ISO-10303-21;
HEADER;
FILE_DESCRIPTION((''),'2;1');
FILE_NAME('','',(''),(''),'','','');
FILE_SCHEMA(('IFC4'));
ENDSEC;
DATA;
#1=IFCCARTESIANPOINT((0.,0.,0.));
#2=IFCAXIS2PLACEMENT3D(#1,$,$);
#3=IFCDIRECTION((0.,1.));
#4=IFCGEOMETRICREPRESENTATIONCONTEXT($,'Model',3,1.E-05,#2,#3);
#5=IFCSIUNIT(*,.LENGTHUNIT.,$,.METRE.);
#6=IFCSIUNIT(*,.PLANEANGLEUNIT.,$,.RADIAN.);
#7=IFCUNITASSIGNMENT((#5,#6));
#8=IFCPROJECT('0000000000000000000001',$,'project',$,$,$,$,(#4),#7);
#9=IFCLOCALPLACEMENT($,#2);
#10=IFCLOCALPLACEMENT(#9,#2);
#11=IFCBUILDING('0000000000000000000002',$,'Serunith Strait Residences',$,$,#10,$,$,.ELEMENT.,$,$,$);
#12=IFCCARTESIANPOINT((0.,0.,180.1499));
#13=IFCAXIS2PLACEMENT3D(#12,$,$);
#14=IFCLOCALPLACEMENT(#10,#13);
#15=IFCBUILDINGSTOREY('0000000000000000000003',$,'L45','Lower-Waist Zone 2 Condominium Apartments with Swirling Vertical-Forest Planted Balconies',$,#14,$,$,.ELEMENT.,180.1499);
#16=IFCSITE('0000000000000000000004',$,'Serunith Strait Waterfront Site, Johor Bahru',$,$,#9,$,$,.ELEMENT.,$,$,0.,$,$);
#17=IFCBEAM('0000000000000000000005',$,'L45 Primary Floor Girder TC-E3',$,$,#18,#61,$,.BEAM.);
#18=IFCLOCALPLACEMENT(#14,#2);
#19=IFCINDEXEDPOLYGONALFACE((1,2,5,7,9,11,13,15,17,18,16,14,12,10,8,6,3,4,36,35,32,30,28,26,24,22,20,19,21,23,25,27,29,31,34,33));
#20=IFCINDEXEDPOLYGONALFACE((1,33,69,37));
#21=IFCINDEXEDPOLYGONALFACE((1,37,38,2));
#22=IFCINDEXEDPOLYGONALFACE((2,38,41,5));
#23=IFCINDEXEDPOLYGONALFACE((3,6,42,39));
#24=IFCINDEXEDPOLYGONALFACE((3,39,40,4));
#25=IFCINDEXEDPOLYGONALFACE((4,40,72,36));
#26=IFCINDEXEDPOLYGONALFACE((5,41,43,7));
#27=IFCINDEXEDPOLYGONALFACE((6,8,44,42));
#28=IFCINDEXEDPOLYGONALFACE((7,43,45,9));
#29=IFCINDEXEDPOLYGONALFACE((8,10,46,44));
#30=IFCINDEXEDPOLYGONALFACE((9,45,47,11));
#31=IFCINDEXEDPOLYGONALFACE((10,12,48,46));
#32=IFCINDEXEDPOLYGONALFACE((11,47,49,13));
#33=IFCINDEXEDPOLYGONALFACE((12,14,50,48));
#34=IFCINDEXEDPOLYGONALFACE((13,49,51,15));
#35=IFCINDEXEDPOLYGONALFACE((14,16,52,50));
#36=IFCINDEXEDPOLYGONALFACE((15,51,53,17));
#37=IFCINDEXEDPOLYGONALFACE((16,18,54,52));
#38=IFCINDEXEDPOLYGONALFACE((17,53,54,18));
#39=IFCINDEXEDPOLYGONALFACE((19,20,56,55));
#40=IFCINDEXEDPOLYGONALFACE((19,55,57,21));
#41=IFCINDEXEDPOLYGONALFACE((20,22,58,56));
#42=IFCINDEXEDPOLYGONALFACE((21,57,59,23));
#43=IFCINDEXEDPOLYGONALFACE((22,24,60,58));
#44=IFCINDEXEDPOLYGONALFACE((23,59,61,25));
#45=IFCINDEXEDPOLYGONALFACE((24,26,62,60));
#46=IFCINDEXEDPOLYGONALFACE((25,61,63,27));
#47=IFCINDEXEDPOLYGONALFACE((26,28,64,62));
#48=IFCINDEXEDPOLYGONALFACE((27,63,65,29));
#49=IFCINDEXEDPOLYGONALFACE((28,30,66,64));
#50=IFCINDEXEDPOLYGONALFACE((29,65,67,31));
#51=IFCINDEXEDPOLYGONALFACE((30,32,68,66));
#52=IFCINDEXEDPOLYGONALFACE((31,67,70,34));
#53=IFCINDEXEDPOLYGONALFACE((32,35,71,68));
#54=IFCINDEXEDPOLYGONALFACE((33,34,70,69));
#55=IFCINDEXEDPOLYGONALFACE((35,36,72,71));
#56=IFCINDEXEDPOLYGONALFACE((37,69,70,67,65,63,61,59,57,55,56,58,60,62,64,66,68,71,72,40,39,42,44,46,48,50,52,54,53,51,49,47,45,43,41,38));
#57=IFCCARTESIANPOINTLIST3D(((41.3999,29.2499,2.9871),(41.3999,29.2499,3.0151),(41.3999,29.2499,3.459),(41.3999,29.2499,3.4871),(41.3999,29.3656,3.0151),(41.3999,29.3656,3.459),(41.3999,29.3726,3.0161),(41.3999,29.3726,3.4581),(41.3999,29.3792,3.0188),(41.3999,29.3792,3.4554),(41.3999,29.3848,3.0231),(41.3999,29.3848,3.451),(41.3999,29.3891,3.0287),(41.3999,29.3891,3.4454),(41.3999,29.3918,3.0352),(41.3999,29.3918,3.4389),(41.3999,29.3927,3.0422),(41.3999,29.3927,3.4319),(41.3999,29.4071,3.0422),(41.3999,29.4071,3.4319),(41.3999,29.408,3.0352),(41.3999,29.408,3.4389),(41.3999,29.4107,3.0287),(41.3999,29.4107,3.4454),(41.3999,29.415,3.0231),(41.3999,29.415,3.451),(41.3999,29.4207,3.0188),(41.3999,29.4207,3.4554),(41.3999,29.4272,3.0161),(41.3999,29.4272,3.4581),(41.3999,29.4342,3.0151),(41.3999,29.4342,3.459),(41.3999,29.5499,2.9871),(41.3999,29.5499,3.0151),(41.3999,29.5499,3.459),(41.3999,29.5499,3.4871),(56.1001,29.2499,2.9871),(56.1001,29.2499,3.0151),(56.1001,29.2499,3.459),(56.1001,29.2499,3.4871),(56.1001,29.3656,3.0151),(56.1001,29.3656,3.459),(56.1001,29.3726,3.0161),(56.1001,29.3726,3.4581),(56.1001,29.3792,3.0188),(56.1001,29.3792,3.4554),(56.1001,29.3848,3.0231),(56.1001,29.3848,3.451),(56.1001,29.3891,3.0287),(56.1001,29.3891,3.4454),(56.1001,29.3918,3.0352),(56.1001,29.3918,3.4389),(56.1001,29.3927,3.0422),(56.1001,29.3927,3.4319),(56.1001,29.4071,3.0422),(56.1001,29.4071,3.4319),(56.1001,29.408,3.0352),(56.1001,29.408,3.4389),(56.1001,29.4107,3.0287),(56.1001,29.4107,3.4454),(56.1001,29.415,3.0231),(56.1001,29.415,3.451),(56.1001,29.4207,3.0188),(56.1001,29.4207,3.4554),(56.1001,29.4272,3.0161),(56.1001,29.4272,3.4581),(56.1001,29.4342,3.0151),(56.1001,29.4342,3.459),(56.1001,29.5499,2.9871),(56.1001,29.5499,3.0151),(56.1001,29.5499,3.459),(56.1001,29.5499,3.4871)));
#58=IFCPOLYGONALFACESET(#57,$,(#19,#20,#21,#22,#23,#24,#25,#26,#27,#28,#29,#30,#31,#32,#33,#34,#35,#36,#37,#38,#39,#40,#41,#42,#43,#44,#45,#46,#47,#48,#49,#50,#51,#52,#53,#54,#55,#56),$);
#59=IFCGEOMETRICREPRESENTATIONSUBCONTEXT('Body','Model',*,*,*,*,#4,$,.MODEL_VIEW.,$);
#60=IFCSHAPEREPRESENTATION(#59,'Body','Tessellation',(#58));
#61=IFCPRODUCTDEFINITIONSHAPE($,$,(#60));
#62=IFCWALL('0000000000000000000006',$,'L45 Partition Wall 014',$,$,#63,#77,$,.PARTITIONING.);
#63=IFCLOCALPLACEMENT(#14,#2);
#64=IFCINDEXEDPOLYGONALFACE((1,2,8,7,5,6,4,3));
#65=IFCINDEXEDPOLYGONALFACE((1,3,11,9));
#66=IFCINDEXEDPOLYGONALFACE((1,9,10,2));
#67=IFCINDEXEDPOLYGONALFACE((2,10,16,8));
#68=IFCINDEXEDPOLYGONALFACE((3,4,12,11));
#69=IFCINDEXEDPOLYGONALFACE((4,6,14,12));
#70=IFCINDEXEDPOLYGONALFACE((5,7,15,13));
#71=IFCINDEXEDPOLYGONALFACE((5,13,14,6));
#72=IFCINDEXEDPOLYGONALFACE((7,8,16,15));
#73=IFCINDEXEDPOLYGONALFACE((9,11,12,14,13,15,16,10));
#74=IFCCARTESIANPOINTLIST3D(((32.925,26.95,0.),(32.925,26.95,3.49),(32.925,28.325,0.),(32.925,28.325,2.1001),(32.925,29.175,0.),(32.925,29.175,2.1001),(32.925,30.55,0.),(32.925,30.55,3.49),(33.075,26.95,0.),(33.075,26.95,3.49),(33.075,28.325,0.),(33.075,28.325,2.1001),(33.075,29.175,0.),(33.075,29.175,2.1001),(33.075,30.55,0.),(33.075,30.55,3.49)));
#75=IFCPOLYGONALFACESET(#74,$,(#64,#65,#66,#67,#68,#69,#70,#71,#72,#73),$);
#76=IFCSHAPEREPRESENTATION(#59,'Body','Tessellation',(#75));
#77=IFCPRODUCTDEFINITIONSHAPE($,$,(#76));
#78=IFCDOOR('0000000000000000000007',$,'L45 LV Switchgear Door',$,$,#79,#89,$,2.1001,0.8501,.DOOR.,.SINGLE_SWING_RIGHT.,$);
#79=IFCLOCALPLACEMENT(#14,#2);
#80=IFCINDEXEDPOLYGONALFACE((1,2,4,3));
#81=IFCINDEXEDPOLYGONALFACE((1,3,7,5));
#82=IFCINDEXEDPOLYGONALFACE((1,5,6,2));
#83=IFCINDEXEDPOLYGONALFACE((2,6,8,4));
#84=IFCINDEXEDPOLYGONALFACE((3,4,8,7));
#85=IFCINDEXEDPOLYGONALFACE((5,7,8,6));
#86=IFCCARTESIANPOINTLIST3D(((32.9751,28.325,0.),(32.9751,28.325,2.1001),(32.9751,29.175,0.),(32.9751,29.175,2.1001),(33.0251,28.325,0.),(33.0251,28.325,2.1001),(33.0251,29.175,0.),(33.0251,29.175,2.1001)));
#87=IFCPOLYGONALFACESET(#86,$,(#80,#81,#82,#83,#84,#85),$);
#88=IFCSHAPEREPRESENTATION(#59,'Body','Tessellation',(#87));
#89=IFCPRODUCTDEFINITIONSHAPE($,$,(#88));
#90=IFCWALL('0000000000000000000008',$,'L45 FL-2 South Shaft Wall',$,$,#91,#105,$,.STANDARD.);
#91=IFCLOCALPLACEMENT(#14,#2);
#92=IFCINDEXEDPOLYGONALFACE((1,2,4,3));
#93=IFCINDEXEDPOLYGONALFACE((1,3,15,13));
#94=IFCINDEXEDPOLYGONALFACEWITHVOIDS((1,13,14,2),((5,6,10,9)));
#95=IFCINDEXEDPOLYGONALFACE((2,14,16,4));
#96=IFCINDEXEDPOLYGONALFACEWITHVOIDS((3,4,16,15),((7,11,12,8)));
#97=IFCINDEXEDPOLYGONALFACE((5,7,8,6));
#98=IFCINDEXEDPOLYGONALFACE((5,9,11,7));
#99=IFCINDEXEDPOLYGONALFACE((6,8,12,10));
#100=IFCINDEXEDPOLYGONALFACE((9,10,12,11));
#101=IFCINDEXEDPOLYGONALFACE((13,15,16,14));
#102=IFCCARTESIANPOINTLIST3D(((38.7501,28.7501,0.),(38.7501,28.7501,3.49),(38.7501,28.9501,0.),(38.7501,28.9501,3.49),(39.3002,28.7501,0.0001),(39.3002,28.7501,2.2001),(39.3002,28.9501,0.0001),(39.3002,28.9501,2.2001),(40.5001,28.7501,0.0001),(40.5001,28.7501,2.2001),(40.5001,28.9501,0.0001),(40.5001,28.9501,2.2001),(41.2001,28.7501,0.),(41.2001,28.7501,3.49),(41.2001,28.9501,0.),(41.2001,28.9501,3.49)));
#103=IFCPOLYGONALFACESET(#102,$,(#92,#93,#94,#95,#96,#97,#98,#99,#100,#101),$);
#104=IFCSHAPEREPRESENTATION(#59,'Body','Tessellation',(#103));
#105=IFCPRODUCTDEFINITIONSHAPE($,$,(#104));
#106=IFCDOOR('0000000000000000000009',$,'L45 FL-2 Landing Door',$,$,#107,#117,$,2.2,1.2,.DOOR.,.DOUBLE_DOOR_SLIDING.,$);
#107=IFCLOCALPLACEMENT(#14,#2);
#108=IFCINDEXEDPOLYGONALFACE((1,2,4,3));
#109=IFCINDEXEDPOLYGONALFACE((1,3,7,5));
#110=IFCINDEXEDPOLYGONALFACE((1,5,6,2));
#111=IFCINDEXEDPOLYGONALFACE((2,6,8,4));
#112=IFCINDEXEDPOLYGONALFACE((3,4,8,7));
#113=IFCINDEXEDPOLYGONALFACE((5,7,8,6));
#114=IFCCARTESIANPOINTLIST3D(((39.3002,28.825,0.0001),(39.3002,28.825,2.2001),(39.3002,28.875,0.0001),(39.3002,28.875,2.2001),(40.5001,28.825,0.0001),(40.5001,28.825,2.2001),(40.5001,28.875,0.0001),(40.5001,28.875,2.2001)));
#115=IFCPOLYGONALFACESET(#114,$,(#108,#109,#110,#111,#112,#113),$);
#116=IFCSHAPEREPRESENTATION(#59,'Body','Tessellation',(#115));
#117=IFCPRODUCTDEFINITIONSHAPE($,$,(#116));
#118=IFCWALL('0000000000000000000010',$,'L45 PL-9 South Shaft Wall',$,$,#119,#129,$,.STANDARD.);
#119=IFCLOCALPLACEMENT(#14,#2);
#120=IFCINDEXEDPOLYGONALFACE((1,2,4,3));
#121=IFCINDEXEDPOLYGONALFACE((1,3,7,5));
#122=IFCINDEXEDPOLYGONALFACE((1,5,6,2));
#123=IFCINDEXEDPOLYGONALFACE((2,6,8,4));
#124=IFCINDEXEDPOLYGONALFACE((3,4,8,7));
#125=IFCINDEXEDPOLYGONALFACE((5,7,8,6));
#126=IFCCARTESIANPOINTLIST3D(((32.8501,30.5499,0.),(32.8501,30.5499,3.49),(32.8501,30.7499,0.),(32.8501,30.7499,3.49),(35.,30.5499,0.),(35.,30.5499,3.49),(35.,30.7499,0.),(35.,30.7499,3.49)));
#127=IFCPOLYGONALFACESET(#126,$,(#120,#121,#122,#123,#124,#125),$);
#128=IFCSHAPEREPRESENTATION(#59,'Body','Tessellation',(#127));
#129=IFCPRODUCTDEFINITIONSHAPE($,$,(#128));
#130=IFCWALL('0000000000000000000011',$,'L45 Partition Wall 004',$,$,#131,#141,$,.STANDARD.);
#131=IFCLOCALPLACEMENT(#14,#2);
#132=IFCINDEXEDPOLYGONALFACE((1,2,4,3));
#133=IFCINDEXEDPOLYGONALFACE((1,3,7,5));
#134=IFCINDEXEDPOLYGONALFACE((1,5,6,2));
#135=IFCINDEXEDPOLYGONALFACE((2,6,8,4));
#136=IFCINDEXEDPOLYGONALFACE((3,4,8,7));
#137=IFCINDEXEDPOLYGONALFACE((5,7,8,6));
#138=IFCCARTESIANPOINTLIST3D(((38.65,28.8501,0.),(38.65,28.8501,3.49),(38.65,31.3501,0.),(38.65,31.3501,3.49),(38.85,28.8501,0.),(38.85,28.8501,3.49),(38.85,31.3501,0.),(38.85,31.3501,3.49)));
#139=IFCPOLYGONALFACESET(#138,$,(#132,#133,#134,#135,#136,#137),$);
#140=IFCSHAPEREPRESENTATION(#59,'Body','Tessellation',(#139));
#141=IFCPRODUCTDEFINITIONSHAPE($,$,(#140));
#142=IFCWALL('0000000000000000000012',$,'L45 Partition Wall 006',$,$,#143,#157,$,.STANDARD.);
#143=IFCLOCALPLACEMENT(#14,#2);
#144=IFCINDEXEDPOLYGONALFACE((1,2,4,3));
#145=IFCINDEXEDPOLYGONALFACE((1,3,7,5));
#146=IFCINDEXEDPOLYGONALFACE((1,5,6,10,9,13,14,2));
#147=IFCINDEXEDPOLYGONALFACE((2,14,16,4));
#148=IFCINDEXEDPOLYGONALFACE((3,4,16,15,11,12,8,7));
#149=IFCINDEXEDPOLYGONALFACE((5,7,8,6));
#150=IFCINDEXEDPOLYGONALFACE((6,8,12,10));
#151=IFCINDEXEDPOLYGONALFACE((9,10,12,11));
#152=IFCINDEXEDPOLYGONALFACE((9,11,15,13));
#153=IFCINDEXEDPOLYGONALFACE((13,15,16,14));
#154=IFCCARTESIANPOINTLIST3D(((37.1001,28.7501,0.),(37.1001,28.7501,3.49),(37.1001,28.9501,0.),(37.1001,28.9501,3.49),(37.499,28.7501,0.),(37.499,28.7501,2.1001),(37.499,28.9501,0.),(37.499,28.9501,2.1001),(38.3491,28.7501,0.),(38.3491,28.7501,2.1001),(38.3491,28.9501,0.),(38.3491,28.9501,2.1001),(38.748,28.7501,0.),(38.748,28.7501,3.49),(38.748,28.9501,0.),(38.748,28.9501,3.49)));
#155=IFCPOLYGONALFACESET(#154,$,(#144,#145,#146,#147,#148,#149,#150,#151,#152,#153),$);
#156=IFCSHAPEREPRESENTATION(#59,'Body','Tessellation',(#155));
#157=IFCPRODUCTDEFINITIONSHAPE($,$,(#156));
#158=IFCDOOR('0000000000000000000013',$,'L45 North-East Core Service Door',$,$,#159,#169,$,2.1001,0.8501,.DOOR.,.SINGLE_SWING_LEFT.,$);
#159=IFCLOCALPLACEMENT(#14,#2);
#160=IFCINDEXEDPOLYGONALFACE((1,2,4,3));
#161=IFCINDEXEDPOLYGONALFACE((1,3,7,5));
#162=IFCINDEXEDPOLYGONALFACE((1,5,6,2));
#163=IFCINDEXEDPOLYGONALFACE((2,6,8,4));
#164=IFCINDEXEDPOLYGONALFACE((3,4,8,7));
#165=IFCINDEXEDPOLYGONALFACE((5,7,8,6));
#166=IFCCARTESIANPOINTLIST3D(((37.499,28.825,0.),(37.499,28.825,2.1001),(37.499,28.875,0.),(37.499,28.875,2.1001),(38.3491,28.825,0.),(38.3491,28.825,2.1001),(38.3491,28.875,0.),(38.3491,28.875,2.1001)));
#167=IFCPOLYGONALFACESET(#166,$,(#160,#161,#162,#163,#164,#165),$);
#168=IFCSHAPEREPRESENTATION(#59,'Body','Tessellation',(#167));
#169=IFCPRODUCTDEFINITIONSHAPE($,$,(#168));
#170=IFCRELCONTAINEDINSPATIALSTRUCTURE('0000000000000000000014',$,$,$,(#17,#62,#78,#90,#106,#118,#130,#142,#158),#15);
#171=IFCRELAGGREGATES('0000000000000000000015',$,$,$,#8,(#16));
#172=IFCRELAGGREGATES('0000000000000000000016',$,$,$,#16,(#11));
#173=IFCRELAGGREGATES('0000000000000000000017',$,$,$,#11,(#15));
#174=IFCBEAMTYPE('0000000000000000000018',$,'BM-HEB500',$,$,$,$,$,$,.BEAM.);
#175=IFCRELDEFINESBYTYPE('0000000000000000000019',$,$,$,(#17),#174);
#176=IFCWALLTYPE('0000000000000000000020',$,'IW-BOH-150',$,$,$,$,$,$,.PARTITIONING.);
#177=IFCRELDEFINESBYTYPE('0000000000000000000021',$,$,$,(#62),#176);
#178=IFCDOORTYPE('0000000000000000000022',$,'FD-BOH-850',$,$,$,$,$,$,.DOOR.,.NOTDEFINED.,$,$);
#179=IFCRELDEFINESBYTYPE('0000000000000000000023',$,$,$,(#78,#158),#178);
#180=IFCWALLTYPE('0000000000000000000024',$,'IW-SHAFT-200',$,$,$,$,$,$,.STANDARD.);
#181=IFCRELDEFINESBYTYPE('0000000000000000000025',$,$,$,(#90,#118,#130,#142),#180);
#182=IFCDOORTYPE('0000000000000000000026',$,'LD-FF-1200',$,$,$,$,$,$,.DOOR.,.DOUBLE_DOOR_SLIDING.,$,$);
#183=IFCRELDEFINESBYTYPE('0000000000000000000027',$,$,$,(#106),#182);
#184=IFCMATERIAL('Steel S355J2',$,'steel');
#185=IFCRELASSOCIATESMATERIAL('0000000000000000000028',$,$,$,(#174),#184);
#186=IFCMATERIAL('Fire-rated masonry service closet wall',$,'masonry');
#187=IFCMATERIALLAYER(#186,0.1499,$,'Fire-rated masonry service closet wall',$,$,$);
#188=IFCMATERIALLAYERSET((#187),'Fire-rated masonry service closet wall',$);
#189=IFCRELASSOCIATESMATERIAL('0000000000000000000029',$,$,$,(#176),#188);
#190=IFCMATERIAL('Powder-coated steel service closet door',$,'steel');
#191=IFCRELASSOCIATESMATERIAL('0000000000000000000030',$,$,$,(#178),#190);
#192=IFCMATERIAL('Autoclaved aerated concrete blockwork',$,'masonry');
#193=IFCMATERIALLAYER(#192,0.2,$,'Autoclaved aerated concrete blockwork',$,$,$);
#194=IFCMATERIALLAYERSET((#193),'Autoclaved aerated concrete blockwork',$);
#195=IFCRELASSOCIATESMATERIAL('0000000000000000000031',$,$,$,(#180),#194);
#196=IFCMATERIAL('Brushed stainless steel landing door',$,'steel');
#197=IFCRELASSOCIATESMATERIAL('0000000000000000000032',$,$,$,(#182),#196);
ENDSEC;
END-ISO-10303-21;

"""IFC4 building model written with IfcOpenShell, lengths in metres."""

from ifc_helpers import new_model, si_unit, direction, frame, frame_2d, origin, origin_2d, place, context, subcontext, project, spatial, rectangle, i_section, extrude, source, transform, mapped, material, layer, layer_set, material_profile, profile_set, type_object, element, fill, save


model = new_model("IFC4")

# Units and contexts
model_context = context("Model", 3, precision=1e-05, world=origin(), true_north=direction((0.0, 1.0)))
body_context = subcontext(model_context, "Body", "Model", "MODEL_VIEW")
ifc_project = project(units=[si_unit("LENGTHUNIT", "METRE"), si_unit("PLANEANGLEUNIT", "RADIAN")], contexts=[model_context])

# Site, building, storey
site_placement = place(None, origin())
site = spatial("IfcSite", under=ifc_project, at=site_placement, Name="Serunith Strait Waterfront Site, Johor Bahru", CompositionType="ELEMENT", RefElevation=0.0)
building_placement = place(site_placement, origin())
building = spatial("IfcBuilding", under=site, at=building_placement, Name="Serunith Strait Residences", CompositionType="ELEMENT")
storey_placement = place(building_placement, frame((0.0, 0.0, 180.1499)))
storey = spatial("IfcBuildingStorey", under=building, at=storey_placement, Name="L45", Description="Lower-Waist Zone 2 Condominium Apartments with Swirling Vertical-Forest Planted Balconies", CompositionType="ELEMENT", Elevation=180.1499)

# Beam
ifc_material_1 = material(Name="Steel S355J2", Category="steel")
ifc_material_profile = material_profile(ifc_material_1, i_section(OverallWidth=0.3, OverallDepth=0.5, WebThickness=0.0144, FlangeThickness=0.0281, FilletRadius=0.0271, at=origin_2d()), Name="HEB 500")
ifc_profile_set = profile_set([ifc_material_profile], Name="Steel S355J2")
beam_type = type_object("IfcBeamType", Name="BM-HEB500", PredefinedType="BEAM", material=ifc_profile_set)
shared_shape_1 = source(origin(), body_context, "Body", "SweptSolid", [
    extrude(i_section(OverallWidth=0.3, OverallDepth=0.5, WebThickness=0.0144, FlangeThickness=0.0281, FilletRadius=0.0271, at=origin_2d()), origin(), (0.0, 0.0, 1.0), 14.7002),
])
beam_placement = place(storey_placement, frame((41.3999, 29.3999, 3.2371), z_axis=(1.0, 0.0, 0.0), x_axis=(0.0, 1.0, 0.0)))
element("IfcBeam", 1, at=beam_placement, inside=storey, type_object=beam_type, Name="L45 Primary Floor Girder TC-E3", PredefinedType="BEAM", context=body_context, shape_type="MappedRepresentation", body=[
    mapped(shared_shape_1, transform((0.0, 0.0, 0.0), scale=1.0)),
])

# Walls, openings, doors
ifc_material_2 = material(Name="Fire-rated masonry service closet wall", Category="masonry")
ifc_layer_1 = layer(ifc_material_2, 0.1499, Name="Fire-rated masonry service closet wall")
ifc_layer_set_1 = layer_set([ifc_layer_1], Name="Fire-rated masonry service closet wall")
wall_type_1 = type_object("IfcWallType", Name="IW-BOH-150", PredefinedType="PARTITIONING", material=ifc_layer_set_1)
wall_1_placement = place(storey_placement, frame((33.0, 26.95, 0.0), z_axis=(0.0, 0.0, 1.0), x_axis=(0.0, 1.0, 0.0)))
wall_1 = element("IfcWall", 2, at=wall_1_placement, inside=storey, type_object=wall_type_1, Name="L45 Partition Wall 014", PredefinedType="PARTITIONING", context=body_context, shape_type="SweptSolid", body=[
    extrude(rectangle(XDim=3.6001, YDim=0.1499, at=frame_2d((1.8, 0.0))), origin(), (0.0, 0.0, 1.0), 3.49),
])
opening_1_placement = place(wall_1_placement, frame((1.375, 0.0, 0.0)))
opening_1 = element("IfcOpeningElement", 3, at=opening_1_placement, cuts=wall_1, PredefinedType="OPENING", context=body_context, shape_type="SweptSolid", body=[
    extrude(rectangle(XDim=0.8501, YDim=2.1001, at=frame_2d((0.425, 1.05))), frame((0.0, 0.085, 0.0), z_axis=(0.0, -1.0, 0.0), x_axis=(1.0, 0.0, 0.0)), (0.0, 0.0, 1.0), 0.1699),
])
ifc_material_3 = material(Name="Powder-coated steel service closet door", Category="steel")
door_type_1 = type_object("IfcDoorType", Name="FD-BOH-850", OperationType="NOTDEFINED", PredefinedType="DOOR", material=ifc_material_3)
shared_shape_2 = source(origin(), body_context, "Body", "SweptSolid", [
    extrude(rectangle(XDim=0.8501, YDim=2.1001, at=frame_2d((0.425, 1.05))), frame((0.0, 0.0249, 0.0), z_axis=(0.0, -1.0, 0.0), x_axis=(1.0, 0.0, 0.0)), (0.0, 0.0, 1.0), 0.05),
])
door_1_placement = place(opening_1_placement, origin())
door_1 = element("IfcDoor", 4, at=door_1_placement, inside=storey, type_object=door_type_1, Name="L45 LV Switchgear Door", OperationType="SINGLE_SWING_RIGHT", OverallHeight=2.1001, OverallWidth=0.8501, PredefinedType="DOOR", context=body_context, shape_type="MappedRepresentation", body=[
    mapped(shared_shape_2, transform((0.0, 0.0, 0.0), scale=1.0)),
])
fill(opening_1, door_1)
ifc_material_4 = material(Name="Autoclaved aerated concrete blockwork", Category="masonry")
ifc_layer_2 = layer(ifc_material_4, 0.2, Name="Autoclaved aerated concrete blockwork")
ifc_layer_set_2 = layer_set([ifc_layer_2], Name="Autoclaved aerated concrete blockwork")
wall_type_2 = type_object("IfcWallType", Name="IW-SHAFT-200", PredefinedType="STANDARD", material=ifc_layer_set_2)
wall_2_placement = place(storey_placement, frame((38.75, 28.8501, 0.0), z_axis=(0.0, 0.0, 1.0), x_axis=(1.0, 0.0, 0.0)))
wall_2 = element("IfcWall", 5, at=wall_2_placement, inside=storey, type_object=wall_type_2, Name="L45 FL-2 South Shaft Wall", PredefinedType="STANDARD", context=body_context, shape_type="SweptSolid", body=[
    extrude(rectangle(XDim=2.45, YDim=0.2, at=frame_2d((1.2251, 0.0))), origin(), (0.0, 0.0, 1.0), 3.49),
])
opening_2_placement = place(wall_2_placement, frame((0.55, 0.0, 0.0)))
opening_2 = element("IfcOpeningElement", 6, at=opening_2_placement, cuts=wall_2, PredefinedType="OPENING", context=body_context, shape_type="SweptSolid", body=[
    extrude(rectangle(XDim=1.2, YDim=2.2, at=frame_2d((0.6001, 1.1001))), frame((0.0, 0.1099, 0.0), z_axis=(0.0, -1.0, 0.0), x_axis=(1.0, 0.0, 0.0)), (0.0, 0.0, 1.0), 0.22),
])
ifc_material_5 = material(Name="Brushed stainless steel landing door", Category="steel")
door_type_2 = type_object("IfcDoorType", Name="LD-FF-1200", OperationType="DOUBLE_DOOR_SLIDING", PredefinedType="DOOR", material=ifc_material_5)
shared_shape_3 = source(origin(), body_context, "Body", "SweptSolid", [
    extrude(rectangle(XDim=1.2, YDim=2.2, at=frame_2d((0.6001, 1.1001))), frame((0.0, 0.0249, 0.0), z_axis=(0.0, -1.0, 0.0), x_axis=(1.0, 0.0, 0.0)), (0.0, 0.0, 1.0), 0.05),
])
door_2_placement = place(opening_2_placement, origin())
door_2 = element("IfcDoor", 7, at=door_2_placement, inside=storey, type_object=door_type_2, Name="L45 FL-2 Landing Door", OperationType="DOUBLE_DOOR_SLIDING", OverallHeight=2.2, OverallWidth=1.2, PredefinedType="DOOR", context=body_context, shape_type="MappedRepresentation", body=[
    mapped(shared_shape_3, transform((0.0, 0.0, 0.0), scale=1.0)),
])
fill(opening_2, door_2)

# Walls
wall_3_placement = place(storey_placement, frame((32.8501, 30.6499, 0.0), z_axis=(0.0, 0.0, 1.0), x_axis=(1.0, 0.0, 0.0)))
element("IfcWall", 8, at=wall_3_placement, inside=storey, type_object=wall_type_2, Name="L45 PL-9 South Shaft Wall", PredefinedType="STANDARD", context=body_context, shape_type="SweptSolid", body=[
    extrude(rectangle(XDim=2.1499, YDim=0.2, at=frame_2d((1.075, 0.0))), origin(), (0.0, 0.0, 1.0), 3.49),
])
wall_4_placement = place(storey_placement, frame((38.75, 28.8501, 0.0), z_axis=(0.0, 0.0, 1.0), x_axis=(0.0, 1.0, 0.0)))
element("IfcWall", 9, at=wall_4_placement, inside=storey, type_object=wall_type_2, Name="L45 Partition Wall 004", PredefinedType="STANDARD", context=body_context, shape_type="SweptSolid", body=[
    extrude(rectangle(XDim=2.5, YDim=0.2, at=frame_2d((1.25, 0.0))), origin(), (0.0, 0.0, 1.0), 3.49),
])

# Wall, opening, door
wall_5_placement = place(storey_placement, frame((37.1001, 28.8501, 0.0), z_axis=(0.0, 0.0, 1.0), x_axis=(1.0, 0.0, 0.0)))
wall_5 = element("IfcWall", 10, at=wall_5_placement, inside=storey, type_object=wall_type_2, Name="L45 Partition Wall 006", PredefinedType="STANDARD", context=body_context, shape_type="SweptSolid", body=[
    extrude(rectangle(XDim=1.6479, YDim=0.2, at=frame_2d((0.824, 0.0))), origin(), (0.0, 0.0, 1.0), 3.49),
])
opening_3_placement = place(wall_5_placement, frame((0.3989, 0.0, 0.0)))
opening_3 = element("IfcOpeningElement", 11, at=opening_3_placement, cuts=wall_5, PredefinedType="OPENING", context=body_context, shape_type="SweptSolid", body=[
    extrude(rectangle(XDim=0.8501, YDim=2.1001, at=frame_2d((0.425, 1.05))), frame((0.0, 0.1099, 0.0), z_axis=(0.0, -1.0, 0.0), x_axis=(1.0, 0.0, 0.0)), (0.0, 0.0, 1.0), 0.22),
])
door_3_placement = place(opening_3_placement, origin())
door_3 = element("IfcDoor", 12, at=door_3_placement, inside=storey, type_object=door_type_1, Name="L45 North-East Core Service Door", OperationType="SINGLE_SWING_LEFT", OverallHeight=2.1001, OverallWidth=0.8501, PredefinedType="DOOR", context=body_context, shape_type="MappedRepresentation", body=[
    mapped(shared_shape_2, transform((0.0, 0.0, 0.0), scale=1.0)),
])
fill(opening_3, door_3)

save(model, "model.ifc")
